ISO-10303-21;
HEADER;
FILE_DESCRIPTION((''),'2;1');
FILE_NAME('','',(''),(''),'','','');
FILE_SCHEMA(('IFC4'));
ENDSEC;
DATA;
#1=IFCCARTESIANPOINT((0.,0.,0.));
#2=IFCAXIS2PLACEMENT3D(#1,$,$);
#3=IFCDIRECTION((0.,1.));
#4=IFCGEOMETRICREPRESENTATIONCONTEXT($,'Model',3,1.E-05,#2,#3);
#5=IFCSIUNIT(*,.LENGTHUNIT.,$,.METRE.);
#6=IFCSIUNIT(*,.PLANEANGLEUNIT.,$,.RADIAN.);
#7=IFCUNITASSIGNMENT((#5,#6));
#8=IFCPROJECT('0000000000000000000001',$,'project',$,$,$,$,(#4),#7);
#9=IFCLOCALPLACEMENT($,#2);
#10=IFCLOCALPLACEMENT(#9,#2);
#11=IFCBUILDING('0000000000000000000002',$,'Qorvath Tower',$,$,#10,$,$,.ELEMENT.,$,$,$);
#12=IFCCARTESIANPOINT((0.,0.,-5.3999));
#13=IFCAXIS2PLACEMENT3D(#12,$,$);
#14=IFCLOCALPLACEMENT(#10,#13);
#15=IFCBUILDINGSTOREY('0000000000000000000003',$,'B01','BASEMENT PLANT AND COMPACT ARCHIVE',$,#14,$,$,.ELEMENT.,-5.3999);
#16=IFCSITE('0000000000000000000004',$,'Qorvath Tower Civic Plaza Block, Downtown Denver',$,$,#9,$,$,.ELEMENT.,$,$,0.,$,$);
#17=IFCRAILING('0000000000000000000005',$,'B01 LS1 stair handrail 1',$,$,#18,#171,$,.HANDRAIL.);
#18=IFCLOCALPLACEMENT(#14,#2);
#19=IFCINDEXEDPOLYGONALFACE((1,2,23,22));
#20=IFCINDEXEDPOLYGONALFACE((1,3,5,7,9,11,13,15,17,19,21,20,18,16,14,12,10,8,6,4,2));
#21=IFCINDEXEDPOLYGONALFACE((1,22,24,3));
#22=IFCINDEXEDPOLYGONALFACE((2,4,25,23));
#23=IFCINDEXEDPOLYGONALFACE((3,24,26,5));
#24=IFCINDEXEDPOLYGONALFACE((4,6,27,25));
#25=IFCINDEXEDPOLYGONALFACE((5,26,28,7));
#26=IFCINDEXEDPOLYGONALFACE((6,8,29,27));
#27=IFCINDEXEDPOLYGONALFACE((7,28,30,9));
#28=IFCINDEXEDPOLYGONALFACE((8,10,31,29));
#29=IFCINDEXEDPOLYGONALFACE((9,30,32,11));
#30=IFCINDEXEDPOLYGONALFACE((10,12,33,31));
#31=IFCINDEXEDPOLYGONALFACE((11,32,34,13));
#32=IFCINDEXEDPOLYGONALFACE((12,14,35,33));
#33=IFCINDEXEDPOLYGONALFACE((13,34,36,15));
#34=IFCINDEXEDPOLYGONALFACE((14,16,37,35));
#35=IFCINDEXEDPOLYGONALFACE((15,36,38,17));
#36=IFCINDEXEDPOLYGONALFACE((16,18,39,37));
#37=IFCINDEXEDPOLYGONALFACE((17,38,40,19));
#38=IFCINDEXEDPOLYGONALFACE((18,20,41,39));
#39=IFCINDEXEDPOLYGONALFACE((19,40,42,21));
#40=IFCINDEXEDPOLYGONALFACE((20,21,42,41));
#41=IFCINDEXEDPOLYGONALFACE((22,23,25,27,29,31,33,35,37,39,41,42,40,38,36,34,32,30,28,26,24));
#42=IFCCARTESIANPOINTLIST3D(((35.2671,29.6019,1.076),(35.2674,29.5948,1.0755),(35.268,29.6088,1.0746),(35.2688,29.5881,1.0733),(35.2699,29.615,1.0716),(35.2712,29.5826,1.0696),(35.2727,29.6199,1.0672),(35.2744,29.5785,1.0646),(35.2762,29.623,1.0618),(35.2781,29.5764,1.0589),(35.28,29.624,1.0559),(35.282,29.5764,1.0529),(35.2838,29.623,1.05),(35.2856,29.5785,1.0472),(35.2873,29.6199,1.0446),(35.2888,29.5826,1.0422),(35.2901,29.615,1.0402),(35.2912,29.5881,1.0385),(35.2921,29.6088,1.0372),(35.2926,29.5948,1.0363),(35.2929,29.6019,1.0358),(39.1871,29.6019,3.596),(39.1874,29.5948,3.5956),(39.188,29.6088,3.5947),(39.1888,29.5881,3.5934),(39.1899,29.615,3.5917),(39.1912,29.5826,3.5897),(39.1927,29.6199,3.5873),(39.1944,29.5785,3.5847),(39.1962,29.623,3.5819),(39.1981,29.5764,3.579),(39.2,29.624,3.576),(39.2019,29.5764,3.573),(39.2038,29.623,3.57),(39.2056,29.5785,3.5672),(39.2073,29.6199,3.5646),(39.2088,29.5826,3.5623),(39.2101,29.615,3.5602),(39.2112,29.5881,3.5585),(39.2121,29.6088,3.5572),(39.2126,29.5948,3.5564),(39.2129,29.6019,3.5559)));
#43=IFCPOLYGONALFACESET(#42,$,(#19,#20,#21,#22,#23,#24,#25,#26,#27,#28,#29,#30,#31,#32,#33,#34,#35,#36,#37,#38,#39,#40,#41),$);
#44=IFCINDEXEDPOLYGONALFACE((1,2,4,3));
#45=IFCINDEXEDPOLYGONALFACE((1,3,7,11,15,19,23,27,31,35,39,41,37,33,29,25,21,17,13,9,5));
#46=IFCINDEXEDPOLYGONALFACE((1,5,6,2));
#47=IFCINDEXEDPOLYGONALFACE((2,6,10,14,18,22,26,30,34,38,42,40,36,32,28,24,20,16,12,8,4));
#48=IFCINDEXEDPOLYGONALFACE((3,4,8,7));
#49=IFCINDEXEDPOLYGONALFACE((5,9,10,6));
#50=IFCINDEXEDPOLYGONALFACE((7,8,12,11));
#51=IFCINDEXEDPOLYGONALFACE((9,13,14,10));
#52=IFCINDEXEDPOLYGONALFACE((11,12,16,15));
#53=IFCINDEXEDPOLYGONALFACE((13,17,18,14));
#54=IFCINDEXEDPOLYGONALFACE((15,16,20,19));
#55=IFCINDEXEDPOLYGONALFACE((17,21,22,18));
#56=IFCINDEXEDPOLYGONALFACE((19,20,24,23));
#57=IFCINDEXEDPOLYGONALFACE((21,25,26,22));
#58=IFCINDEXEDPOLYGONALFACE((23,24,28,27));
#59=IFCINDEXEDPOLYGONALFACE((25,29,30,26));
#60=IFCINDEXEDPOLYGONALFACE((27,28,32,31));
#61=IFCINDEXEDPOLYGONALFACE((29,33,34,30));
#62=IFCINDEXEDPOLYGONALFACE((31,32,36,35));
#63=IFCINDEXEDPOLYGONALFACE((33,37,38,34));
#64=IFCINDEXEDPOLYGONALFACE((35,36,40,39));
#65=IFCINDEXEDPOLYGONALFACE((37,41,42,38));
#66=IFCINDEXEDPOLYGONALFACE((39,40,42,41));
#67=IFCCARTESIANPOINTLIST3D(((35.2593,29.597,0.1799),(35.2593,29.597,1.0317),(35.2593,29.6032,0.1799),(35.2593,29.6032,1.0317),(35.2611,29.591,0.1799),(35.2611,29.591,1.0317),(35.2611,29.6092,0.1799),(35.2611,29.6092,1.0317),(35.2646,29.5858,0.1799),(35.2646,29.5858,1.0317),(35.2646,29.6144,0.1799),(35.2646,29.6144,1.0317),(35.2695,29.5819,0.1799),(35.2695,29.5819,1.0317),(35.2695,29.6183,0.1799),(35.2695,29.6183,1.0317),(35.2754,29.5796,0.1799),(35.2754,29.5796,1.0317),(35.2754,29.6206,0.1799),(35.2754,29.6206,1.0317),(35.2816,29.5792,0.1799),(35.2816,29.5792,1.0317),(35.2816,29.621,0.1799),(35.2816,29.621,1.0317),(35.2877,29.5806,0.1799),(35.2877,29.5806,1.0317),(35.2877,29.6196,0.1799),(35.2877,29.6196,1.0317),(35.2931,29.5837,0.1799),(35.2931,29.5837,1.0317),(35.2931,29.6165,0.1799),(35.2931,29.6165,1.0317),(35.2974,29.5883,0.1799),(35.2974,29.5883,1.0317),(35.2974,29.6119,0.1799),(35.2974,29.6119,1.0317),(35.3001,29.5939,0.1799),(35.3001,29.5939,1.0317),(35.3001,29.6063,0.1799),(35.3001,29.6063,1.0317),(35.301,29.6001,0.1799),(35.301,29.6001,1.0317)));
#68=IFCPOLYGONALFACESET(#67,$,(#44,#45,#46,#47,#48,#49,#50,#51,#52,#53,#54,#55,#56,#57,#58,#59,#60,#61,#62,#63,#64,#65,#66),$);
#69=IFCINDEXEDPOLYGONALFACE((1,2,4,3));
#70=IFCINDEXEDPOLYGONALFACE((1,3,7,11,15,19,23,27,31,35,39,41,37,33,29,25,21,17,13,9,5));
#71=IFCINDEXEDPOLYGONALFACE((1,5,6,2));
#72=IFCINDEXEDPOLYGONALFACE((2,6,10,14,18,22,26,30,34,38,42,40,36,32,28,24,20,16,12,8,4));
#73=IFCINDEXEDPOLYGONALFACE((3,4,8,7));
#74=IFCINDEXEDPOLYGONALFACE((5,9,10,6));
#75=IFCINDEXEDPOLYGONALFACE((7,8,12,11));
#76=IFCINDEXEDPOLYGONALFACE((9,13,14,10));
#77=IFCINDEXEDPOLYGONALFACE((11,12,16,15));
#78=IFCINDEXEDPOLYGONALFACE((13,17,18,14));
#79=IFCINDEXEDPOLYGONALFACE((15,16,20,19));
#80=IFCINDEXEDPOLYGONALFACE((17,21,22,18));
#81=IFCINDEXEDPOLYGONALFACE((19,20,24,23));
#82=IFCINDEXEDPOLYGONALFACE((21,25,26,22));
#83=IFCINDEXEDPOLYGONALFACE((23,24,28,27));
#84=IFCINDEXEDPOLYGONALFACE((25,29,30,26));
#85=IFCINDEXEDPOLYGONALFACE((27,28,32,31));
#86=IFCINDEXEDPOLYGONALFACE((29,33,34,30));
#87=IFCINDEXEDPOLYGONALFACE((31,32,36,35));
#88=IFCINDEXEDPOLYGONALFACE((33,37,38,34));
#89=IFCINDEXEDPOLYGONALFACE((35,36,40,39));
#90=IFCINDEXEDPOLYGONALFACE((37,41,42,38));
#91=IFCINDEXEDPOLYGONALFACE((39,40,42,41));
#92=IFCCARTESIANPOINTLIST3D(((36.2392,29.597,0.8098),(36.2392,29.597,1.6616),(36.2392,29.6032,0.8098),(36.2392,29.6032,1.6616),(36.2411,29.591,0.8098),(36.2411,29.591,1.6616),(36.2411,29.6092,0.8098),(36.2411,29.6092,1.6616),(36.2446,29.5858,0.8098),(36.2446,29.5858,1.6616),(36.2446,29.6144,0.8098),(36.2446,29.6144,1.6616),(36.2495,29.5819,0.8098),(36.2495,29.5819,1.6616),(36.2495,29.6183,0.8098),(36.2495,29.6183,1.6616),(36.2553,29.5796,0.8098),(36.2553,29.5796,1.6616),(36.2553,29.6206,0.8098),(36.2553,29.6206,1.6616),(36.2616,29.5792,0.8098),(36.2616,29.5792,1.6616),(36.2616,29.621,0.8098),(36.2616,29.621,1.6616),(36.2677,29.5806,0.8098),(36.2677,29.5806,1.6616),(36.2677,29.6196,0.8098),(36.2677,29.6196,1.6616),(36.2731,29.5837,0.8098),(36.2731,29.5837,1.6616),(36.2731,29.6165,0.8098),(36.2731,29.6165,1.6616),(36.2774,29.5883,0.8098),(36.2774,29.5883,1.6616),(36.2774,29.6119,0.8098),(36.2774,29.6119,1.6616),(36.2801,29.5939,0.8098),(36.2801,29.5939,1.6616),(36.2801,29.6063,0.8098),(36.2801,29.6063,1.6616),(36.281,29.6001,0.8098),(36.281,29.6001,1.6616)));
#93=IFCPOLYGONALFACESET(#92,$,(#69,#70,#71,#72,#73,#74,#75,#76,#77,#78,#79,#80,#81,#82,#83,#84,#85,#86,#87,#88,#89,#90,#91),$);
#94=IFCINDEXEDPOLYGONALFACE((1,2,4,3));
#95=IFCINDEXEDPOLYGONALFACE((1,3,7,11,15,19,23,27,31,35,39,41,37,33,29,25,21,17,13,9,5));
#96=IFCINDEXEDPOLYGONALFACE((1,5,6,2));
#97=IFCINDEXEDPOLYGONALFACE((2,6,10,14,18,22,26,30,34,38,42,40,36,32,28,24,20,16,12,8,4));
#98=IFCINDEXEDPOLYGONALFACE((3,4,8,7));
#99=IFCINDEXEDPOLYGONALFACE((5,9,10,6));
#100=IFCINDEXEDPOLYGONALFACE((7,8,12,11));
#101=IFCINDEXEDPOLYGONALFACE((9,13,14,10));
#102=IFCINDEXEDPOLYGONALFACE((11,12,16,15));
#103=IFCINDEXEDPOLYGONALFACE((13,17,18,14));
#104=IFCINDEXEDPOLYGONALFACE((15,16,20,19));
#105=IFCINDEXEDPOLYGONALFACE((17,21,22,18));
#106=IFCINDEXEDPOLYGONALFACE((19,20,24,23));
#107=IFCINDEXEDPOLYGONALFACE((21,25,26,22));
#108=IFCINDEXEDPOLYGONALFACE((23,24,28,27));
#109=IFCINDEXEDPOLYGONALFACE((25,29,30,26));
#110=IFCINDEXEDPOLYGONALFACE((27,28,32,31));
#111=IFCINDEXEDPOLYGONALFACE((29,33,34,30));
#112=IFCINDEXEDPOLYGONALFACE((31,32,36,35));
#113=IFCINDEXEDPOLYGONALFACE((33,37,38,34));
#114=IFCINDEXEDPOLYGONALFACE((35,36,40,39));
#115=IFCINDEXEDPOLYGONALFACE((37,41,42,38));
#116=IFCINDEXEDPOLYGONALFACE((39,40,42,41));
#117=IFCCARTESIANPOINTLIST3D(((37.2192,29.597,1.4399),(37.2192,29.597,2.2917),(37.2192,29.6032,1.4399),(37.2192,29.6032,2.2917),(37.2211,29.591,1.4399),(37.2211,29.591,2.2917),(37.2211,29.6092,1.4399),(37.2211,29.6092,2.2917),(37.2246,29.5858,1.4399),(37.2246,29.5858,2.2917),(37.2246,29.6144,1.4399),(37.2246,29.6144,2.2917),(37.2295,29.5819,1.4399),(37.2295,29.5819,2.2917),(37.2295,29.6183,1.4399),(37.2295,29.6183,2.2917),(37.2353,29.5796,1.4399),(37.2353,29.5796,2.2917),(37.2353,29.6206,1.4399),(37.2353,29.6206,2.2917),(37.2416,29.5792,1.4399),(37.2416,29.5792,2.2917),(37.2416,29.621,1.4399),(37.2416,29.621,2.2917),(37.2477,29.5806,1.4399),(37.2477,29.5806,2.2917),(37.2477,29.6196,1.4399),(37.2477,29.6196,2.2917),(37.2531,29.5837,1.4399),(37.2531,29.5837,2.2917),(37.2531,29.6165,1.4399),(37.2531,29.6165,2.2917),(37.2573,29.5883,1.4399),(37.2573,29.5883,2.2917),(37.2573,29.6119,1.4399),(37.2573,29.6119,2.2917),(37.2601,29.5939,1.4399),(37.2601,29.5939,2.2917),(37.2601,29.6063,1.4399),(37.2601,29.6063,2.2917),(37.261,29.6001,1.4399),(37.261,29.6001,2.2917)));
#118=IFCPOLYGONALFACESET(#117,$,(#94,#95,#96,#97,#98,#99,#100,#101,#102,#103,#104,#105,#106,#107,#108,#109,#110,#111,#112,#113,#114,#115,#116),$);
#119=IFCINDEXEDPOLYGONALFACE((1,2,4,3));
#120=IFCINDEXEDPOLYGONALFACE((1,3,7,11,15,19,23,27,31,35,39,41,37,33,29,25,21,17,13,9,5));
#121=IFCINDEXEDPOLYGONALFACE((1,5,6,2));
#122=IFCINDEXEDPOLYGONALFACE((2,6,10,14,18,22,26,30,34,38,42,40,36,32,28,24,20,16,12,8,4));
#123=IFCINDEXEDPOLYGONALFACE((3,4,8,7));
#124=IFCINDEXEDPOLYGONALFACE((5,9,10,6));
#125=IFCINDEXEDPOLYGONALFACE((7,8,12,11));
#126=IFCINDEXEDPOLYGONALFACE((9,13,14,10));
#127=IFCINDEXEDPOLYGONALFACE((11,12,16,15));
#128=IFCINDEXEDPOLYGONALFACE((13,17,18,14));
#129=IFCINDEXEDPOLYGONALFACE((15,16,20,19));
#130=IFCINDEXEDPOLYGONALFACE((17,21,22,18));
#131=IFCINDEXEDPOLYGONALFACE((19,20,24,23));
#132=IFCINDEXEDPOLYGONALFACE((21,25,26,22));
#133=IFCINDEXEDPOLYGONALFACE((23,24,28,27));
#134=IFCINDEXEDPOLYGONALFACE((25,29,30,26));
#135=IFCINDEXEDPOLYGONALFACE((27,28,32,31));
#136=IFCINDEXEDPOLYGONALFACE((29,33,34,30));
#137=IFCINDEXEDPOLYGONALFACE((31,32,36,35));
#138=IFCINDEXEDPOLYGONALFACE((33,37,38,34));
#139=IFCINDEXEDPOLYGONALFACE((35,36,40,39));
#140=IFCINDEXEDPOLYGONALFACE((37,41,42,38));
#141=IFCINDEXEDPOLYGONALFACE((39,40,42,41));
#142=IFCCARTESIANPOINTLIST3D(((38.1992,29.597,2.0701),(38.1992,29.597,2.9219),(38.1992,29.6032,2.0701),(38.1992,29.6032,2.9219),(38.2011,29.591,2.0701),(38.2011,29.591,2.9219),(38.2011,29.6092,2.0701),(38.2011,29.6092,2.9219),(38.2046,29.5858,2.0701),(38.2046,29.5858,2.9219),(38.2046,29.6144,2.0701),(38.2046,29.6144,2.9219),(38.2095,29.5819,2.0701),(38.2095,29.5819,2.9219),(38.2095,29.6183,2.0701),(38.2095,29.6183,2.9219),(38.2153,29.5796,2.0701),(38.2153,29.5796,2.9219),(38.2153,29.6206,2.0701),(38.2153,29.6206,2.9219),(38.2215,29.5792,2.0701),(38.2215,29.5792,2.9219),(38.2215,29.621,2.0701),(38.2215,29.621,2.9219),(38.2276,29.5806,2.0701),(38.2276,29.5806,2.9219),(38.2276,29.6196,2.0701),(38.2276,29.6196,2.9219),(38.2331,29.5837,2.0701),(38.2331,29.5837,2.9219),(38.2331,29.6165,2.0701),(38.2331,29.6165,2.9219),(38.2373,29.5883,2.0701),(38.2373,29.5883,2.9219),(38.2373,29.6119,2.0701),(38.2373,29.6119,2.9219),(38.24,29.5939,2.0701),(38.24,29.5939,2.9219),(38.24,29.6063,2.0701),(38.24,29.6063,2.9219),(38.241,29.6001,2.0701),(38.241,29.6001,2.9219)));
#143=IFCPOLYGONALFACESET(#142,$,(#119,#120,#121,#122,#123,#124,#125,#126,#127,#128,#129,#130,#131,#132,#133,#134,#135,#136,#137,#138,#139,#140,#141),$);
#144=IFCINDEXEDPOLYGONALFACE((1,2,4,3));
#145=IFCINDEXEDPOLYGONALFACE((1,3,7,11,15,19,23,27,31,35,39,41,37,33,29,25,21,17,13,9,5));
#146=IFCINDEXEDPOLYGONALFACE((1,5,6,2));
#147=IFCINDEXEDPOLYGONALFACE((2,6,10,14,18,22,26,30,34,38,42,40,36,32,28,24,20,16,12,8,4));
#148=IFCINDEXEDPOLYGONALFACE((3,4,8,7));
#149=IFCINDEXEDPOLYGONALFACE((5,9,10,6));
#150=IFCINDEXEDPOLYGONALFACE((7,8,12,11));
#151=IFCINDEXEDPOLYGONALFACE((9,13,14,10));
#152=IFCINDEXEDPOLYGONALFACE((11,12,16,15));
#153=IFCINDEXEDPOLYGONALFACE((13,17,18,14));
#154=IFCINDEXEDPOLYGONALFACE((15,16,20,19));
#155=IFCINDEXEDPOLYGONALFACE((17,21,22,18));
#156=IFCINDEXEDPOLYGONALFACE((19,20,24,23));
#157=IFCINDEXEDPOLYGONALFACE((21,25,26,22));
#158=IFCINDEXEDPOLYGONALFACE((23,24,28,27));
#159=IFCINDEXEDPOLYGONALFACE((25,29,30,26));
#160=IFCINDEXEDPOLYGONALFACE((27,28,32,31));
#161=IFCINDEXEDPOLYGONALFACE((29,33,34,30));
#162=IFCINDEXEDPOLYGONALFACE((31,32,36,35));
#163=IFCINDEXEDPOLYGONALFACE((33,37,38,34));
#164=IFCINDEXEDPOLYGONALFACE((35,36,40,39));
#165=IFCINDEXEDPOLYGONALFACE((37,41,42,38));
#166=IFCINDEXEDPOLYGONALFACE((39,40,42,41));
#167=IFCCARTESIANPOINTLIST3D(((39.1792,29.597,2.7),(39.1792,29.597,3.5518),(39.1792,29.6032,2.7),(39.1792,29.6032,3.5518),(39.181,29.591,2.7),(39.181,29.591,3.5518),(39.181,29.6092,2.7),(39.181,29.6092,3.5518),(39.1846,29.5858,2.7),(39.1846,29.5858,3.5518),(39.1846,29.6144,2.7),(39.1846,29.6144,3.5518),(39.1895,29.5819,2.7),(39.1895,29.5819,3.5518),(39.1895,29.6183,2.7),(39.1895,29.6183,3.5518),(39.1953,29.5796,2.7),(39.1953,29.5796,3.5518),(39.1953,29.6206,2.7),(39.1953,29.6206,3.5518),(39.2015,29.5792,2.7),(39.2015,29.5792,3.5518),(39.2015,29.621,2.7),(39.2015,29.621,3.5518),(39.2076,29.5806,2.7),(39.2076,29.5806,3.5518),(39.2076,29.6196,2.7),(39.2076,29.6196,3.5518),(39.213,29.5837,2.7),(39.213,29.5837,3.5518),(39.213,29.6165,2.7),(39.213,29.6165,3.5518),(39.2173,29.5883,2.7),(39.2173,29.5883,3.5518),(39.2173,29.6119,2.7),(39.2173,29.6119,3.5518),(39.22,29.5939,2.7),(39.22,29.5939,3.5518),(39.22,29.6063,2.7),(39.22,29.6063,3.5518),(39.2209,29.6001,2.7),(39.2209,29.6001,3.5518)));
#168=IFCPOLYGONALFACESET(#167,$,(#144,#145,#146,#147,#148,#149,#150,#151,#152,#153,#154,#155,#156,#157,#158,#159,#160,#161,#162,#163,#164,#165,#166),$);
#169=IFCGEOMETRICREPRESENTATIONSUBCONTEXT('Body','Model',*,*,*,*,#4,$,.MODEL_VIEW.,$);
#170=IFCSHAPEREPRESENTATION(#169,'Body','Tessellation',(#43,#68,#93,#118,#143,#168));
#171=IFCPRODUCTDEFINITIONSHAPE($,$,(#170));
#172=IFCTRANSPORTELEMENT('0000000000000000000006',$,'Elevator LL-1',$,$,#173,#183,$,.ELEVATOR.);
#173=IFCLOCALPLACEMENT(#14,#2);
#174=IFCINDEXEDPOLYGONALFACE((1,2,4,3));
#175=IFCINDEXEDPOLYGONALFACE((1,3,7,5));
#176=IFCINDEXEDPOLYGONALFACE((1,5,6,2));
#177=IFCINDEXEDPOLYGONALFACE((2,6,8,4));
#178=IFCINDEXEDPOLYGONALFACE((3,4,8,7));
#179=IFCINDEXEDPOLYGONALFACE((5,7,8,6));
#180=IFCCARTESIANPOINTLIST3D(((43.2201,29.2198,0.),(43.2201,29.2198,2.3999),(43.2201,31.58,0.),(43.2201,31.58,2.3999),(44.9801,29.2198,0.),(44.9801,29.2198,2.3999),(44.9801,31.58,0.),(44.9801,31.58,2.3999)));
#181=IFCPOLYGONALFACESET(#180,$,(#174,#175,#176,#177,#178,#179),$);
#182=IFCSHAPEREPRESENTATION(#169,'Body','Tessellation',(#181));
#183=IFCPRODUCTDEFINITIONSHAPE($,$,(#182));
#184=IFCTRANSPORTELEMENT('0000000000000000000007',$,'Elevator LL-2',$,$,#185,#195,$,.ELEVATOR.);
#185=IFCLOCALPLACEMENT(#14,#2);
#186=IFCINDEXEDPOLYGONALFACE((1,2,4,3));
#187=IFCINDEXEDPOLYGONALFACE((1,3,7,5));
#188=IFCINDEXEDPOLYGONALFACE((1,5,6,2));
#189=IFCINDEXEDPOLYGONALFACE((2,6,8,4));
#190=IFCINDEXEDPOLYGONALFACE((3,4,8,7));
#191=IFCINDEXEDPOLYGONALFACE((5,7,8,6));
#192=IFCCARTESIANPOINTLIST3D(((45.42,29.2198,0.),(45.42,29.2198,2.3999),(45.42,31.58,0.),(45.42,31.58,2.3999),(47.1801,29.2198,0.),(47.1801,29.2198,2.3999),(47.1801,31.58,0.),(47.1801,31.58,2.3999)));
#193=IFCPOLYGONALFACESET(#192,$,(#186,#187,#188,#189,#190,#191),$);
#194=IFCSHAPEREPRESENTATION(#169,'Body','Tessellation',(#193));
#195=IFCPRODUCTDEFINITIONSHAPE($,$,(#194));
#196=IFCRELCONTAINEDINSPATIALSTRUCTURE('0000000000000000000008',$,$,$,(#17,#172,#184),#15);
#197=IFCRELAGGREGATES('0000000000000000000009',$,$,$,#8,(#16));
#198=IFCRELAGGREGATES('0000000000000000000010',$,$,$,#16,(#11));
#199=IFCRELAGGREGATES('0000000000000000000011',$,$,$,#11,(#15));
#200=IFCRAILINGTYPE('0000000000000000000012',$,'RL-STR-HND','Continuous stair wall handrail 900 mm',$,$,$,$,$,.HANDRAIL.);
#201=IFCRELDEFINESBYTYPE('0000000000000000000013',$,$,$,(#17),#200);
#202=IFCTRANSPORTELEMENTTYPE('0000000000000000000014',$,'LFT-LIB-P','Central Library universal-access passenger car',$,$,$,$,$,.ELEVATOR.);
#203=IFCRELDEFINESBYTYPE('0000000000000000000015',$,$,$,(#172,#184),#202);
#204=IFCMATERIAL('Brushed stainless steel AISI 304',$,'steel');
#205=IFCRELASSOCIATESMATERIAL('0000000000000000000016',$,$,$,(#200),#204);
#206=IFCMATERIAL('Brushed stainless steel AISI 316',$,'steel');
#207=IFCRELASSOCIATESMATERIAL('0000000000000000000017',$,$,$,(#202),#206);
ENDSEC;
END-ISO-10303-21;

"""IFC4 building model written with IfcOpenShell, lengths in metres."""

from ifc_helpers import new_model, si_unit, direction, frame, origin, origin_2d, place, context, subcontext, project, spatial, rectangle, circle, extrude, material, type_object, element, save


model = new_model("IFC4")

# Units and contexts
model_context = context("Model", 3, precision=1e-05, world=origin(), true_north=direction((0.0, 1.0)))
body_context = subcontext(model_context, "Body", "Model", "MODEL_VIEW")
ifc_project = project(units=[si_unit("LENGTHUNIT", "METRE"), si_unit("PLANEANGLEUNIT", "RADIAN")], contexts=[model_context])

# Site, building, storey
site_placement = place(None, origin())
site = spatial("IfcSite", under=ifc_project, at=site_placement, Name="Qorvath Tower Civic Plaza Block, Downtown Denver", CompositionType="ELEMENT", RefElevation=0.0)
building_placement = place(site_placement, origin())
building = spatial("IfcBuilding", under=site, at=building_placement, Name="Qorvath Tower", CompositionType="ELEMENT")
storey_placement = place(building_placement, frame((0.0, 0.0, -5.3999)))
storey = spatial("IfcBuildingStorey", under=building, at=storey_placement, Name="B01", Description="BASEMENT PLANT AND COMPACT ARCHIVE", CompositionType="ELEMENT", Elevation=-5.3999)

# Railing
ifc_material_1 = material(Name="Brushed stainless steel AISI 304", Category="steel")
railing_type_1 = type_object("IfcRailingType", Name="RL-STR-HND", Description="Continuous stair wall handrail 900 mm", PredefinedType="HANDRAIL", material=ifc_material_1)
railing_1_placement = place(storey_placement, frame((35.28, 29.6001, 0.1799)))
element("IfcRailing", 1, at=railing_1_placement, inside=storey, type_object=railing_type_1, Name="B01 LS1 stair handrail 1", PredefinedType="HANDRAIL", context=body_context, shape_type="SweptSolid", body=[
    extrude(circle(Radius=0.0239, at=origin_2d()), frame((0.0, 0.0, 0.876), z_axis=(0.841172, 0.0, 0.540768), x_axis=(0.0, 1.0, 0.0)), (0.0, 0.0, 1.0), 4.6602),
    extrude(circle(Radius=0.021, at=origin_2d()), origin(), (0.0, 0.0, 1.0), 0.8518),
    extrude(circle(Radius=0.021, at=origin_2d()), frame((0.98, 0.0, 0.6299)), (0.0, 0.0, 1.0), 0.8518),
    extrude(circle(Radius=0.021, at=origin_2d()), frame((1.96, 0.0, 1.26)), (0.0, 0.0, 1.0), 0.8518),
    extrude(circle(Radius=0.021, at=origin_2d()), frame((2.9399, 0.0, 1.8901)), (0.0, 0.0, 1.0), 0.8518),
    extrude(circle(Radius=0.021, at=origin_2d()), frame((3.9199, 0.0, 2.52)), (0.0, 0.0, 1.0), 0.8518),
])

# Transport elements
ifc_material_2 = material(Name="Brushed stainless steel AISI 316", Category="steel")
transport_element_type = type_object("IfcTransportElementType", Name="LFT-LIB-P", Description="Central Library universal-access passenger car", PredefinedType="ELEVATOR", material=ifc_material_2)
for number, where, z_axis, x_axis, name in (
    (2, (44.1001, 30.3999, 0.0), (0.0, 0.0, 1.0), (1.0, 0.0, 0.0), "Elevator LL-1"),
    (3, (46.3, 30.3999, 0.0), (0.0, 0.0, 1.0), (1.0, 0.0, 0.0), "Elevator LL-2"),
):
    element("IfcTransportElement", number, at=place(storey_placement, frame(where, z_axis=z_axis, x_axis=x_axis)), inside=storey, type_object=transport_element_type, Name=name, PredefinedType="ELEVATOR", context=body_context, shape_type="SweptSolid", body=[
        extrude(rectangle(XDim=1.76, YDim=2.3601, at=origin_2d()), origin(), (0.0, 0.0, 1.0), 2.3999),
    ])

save(model, "model.ifc")
